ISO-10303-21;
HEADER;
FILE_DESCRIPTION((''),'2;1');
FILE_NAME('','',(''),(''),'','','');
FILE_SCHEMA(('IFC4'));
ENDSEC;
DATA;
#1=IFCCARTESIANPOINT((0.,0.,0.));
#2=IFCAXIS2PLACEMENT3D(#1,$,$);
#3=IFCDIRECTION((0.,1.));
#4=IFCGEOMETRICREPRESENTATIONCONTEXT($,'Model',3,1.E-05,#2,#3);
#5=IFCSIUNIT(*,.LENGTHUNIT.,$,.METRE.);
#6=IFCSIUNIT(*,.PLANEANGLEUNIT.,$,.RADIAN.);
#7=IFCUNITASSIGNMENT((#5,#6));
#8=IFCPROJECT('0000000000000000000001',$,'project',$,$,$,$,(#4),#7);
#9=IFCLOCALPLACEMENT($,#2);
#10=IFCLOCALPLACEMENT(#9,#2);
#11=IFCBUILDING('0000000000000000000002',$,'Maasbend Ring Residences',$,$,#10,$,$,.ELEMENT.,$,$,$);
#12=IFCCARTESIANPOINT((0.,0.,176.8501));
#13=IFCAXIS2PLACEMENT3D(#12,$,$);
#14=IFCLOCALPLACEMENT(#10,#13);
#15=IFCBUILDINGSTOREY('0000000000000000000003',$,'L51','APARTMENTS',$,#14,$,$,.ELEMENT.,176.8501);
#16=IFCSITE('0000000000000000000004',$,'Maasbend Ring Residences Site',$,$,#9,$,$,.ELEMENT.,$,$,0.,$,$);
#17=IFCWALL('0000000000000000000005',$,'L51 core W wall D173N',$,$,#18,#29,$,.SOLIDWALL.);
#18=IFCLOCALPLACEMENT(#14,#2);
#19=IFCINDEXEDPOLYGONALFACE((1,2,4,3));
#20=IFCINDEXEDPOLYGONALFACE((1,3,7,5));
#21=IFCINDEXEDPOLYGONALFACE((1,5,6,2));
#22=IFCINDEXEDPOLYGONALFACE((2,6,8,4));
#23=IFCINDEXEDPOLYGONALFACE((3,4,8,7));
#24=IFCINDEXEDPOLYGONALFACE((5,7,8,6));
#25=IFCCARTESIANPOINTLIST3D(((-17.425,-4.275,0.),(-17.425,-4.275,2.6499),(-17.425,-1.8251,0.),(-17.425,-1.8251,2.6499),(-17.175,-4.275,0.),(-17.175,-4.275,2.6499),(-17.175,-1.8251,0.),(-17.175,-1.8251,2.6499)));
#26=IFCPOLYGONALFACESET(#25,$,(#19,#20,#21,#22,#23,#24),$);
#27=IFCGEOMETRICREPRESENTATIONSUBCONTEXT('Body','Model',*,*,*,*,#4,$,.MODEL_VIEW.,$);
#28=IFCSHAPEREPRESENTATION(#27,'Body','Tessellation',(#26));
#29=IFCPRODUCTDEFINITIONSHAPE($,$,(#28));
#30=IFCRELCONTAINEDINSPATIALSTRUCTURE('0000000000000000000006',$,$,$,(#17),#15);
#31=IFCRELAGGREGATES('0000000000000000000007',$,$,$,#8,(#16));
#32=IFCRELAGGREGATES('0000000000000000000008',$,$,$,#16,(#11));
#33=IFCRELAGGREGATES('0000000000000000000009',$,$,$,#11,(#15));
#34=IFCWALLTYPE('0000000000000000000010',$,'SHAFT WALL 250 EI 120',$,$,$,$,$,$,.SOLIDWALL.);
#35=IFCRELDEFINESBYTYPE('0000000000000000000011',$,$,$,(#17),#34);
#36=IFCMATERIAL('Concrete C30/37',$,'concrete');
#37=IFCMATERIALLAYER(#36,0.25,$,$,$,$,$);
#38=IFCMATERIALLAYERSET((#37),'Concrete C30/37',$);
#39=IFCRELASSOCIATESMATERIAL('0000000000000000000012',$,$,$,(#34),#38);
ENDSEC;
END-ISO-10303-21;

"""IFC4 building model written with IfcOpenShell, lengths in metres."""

from ifc_helpers import new_model, si_unit, direction, frame, frame_2d, origin, place, context, subcontext, project, spatial, rectangle, extrude, material, layer, layer_set, type_object, element, save


model = new_model("IFC4")

# Units and contexts
model_context = context("Model", 3, precision=1e-05, world=origin(), true_north=direction((0.0, 1.0)))
body_context = subcontext(model_context, "Body", "Model", "MODEL_VIEW")
ifc_project = project(units=[si_unit("LENGTHUNIT", "METRE"), si_unit("PLANEANGLEUNIT", "RADIAN")], contexts=[model_context])

# Site, building, storey
site_placement = place(None, origin())
site = spatial("IfcSite", under=ifc_project, at=site_placement, Name="Maasbend Ring Residences Site", CompositionType="ELEMENT", RefElevation=0.0)
building_placement = place(site_placement, origin())
building = spatial("IfcBuilding", under=site, at=building_placement, Name="Maasbend Ring Residences", CompositionType="ELEMENT")
storey_placement = place(building_placement, frame((0.0, 0.0, 176.8501)))
storey = spatial("IfcBuildingStorey", under=building, at=storey_placement, Name="L51", Description="APARTMENTS", CompositionType="ELEMENT", Elevation=176.8501)

# Wall
ifc_material_1 = material(Name="Concrete C30/37", Category="concrete")
ifc_layer_1 = layer(ifc_material_1, 0.25)
ifc_layer_set_1 = layer_set([ifc_layer_1], Name="Concrete C30/37")
wall_type_1 = type_object("IfcWallType", Name="SHAFT WALL 250 EI 120", PredefinedType="SOLIDWALL", material=ifc_layer_set_1)
wall_1_placement = place(storey_placement, frame((-17.3, -1.825, 0.0), z_axis=(0.0, 0.0, 1.0), x_axis=(0.0, -1.0, 0.0)))
element("IfcWall", 1, at=wall_1_placement, inside=storey, type_object=wall_type_1, Name="L51 core W wall D173N", PredefinedType="SOLIDWALL", context=body_context, shape_type="SweptSolid", body=[
    extrude(rectangle(XDim=2.45, YDim=0.25, at=frame_2d((1.2251, 0.0))), origin(), (0.0, 0.0, 1.0), 2.6499),
])

save(model, "model.ifc")
